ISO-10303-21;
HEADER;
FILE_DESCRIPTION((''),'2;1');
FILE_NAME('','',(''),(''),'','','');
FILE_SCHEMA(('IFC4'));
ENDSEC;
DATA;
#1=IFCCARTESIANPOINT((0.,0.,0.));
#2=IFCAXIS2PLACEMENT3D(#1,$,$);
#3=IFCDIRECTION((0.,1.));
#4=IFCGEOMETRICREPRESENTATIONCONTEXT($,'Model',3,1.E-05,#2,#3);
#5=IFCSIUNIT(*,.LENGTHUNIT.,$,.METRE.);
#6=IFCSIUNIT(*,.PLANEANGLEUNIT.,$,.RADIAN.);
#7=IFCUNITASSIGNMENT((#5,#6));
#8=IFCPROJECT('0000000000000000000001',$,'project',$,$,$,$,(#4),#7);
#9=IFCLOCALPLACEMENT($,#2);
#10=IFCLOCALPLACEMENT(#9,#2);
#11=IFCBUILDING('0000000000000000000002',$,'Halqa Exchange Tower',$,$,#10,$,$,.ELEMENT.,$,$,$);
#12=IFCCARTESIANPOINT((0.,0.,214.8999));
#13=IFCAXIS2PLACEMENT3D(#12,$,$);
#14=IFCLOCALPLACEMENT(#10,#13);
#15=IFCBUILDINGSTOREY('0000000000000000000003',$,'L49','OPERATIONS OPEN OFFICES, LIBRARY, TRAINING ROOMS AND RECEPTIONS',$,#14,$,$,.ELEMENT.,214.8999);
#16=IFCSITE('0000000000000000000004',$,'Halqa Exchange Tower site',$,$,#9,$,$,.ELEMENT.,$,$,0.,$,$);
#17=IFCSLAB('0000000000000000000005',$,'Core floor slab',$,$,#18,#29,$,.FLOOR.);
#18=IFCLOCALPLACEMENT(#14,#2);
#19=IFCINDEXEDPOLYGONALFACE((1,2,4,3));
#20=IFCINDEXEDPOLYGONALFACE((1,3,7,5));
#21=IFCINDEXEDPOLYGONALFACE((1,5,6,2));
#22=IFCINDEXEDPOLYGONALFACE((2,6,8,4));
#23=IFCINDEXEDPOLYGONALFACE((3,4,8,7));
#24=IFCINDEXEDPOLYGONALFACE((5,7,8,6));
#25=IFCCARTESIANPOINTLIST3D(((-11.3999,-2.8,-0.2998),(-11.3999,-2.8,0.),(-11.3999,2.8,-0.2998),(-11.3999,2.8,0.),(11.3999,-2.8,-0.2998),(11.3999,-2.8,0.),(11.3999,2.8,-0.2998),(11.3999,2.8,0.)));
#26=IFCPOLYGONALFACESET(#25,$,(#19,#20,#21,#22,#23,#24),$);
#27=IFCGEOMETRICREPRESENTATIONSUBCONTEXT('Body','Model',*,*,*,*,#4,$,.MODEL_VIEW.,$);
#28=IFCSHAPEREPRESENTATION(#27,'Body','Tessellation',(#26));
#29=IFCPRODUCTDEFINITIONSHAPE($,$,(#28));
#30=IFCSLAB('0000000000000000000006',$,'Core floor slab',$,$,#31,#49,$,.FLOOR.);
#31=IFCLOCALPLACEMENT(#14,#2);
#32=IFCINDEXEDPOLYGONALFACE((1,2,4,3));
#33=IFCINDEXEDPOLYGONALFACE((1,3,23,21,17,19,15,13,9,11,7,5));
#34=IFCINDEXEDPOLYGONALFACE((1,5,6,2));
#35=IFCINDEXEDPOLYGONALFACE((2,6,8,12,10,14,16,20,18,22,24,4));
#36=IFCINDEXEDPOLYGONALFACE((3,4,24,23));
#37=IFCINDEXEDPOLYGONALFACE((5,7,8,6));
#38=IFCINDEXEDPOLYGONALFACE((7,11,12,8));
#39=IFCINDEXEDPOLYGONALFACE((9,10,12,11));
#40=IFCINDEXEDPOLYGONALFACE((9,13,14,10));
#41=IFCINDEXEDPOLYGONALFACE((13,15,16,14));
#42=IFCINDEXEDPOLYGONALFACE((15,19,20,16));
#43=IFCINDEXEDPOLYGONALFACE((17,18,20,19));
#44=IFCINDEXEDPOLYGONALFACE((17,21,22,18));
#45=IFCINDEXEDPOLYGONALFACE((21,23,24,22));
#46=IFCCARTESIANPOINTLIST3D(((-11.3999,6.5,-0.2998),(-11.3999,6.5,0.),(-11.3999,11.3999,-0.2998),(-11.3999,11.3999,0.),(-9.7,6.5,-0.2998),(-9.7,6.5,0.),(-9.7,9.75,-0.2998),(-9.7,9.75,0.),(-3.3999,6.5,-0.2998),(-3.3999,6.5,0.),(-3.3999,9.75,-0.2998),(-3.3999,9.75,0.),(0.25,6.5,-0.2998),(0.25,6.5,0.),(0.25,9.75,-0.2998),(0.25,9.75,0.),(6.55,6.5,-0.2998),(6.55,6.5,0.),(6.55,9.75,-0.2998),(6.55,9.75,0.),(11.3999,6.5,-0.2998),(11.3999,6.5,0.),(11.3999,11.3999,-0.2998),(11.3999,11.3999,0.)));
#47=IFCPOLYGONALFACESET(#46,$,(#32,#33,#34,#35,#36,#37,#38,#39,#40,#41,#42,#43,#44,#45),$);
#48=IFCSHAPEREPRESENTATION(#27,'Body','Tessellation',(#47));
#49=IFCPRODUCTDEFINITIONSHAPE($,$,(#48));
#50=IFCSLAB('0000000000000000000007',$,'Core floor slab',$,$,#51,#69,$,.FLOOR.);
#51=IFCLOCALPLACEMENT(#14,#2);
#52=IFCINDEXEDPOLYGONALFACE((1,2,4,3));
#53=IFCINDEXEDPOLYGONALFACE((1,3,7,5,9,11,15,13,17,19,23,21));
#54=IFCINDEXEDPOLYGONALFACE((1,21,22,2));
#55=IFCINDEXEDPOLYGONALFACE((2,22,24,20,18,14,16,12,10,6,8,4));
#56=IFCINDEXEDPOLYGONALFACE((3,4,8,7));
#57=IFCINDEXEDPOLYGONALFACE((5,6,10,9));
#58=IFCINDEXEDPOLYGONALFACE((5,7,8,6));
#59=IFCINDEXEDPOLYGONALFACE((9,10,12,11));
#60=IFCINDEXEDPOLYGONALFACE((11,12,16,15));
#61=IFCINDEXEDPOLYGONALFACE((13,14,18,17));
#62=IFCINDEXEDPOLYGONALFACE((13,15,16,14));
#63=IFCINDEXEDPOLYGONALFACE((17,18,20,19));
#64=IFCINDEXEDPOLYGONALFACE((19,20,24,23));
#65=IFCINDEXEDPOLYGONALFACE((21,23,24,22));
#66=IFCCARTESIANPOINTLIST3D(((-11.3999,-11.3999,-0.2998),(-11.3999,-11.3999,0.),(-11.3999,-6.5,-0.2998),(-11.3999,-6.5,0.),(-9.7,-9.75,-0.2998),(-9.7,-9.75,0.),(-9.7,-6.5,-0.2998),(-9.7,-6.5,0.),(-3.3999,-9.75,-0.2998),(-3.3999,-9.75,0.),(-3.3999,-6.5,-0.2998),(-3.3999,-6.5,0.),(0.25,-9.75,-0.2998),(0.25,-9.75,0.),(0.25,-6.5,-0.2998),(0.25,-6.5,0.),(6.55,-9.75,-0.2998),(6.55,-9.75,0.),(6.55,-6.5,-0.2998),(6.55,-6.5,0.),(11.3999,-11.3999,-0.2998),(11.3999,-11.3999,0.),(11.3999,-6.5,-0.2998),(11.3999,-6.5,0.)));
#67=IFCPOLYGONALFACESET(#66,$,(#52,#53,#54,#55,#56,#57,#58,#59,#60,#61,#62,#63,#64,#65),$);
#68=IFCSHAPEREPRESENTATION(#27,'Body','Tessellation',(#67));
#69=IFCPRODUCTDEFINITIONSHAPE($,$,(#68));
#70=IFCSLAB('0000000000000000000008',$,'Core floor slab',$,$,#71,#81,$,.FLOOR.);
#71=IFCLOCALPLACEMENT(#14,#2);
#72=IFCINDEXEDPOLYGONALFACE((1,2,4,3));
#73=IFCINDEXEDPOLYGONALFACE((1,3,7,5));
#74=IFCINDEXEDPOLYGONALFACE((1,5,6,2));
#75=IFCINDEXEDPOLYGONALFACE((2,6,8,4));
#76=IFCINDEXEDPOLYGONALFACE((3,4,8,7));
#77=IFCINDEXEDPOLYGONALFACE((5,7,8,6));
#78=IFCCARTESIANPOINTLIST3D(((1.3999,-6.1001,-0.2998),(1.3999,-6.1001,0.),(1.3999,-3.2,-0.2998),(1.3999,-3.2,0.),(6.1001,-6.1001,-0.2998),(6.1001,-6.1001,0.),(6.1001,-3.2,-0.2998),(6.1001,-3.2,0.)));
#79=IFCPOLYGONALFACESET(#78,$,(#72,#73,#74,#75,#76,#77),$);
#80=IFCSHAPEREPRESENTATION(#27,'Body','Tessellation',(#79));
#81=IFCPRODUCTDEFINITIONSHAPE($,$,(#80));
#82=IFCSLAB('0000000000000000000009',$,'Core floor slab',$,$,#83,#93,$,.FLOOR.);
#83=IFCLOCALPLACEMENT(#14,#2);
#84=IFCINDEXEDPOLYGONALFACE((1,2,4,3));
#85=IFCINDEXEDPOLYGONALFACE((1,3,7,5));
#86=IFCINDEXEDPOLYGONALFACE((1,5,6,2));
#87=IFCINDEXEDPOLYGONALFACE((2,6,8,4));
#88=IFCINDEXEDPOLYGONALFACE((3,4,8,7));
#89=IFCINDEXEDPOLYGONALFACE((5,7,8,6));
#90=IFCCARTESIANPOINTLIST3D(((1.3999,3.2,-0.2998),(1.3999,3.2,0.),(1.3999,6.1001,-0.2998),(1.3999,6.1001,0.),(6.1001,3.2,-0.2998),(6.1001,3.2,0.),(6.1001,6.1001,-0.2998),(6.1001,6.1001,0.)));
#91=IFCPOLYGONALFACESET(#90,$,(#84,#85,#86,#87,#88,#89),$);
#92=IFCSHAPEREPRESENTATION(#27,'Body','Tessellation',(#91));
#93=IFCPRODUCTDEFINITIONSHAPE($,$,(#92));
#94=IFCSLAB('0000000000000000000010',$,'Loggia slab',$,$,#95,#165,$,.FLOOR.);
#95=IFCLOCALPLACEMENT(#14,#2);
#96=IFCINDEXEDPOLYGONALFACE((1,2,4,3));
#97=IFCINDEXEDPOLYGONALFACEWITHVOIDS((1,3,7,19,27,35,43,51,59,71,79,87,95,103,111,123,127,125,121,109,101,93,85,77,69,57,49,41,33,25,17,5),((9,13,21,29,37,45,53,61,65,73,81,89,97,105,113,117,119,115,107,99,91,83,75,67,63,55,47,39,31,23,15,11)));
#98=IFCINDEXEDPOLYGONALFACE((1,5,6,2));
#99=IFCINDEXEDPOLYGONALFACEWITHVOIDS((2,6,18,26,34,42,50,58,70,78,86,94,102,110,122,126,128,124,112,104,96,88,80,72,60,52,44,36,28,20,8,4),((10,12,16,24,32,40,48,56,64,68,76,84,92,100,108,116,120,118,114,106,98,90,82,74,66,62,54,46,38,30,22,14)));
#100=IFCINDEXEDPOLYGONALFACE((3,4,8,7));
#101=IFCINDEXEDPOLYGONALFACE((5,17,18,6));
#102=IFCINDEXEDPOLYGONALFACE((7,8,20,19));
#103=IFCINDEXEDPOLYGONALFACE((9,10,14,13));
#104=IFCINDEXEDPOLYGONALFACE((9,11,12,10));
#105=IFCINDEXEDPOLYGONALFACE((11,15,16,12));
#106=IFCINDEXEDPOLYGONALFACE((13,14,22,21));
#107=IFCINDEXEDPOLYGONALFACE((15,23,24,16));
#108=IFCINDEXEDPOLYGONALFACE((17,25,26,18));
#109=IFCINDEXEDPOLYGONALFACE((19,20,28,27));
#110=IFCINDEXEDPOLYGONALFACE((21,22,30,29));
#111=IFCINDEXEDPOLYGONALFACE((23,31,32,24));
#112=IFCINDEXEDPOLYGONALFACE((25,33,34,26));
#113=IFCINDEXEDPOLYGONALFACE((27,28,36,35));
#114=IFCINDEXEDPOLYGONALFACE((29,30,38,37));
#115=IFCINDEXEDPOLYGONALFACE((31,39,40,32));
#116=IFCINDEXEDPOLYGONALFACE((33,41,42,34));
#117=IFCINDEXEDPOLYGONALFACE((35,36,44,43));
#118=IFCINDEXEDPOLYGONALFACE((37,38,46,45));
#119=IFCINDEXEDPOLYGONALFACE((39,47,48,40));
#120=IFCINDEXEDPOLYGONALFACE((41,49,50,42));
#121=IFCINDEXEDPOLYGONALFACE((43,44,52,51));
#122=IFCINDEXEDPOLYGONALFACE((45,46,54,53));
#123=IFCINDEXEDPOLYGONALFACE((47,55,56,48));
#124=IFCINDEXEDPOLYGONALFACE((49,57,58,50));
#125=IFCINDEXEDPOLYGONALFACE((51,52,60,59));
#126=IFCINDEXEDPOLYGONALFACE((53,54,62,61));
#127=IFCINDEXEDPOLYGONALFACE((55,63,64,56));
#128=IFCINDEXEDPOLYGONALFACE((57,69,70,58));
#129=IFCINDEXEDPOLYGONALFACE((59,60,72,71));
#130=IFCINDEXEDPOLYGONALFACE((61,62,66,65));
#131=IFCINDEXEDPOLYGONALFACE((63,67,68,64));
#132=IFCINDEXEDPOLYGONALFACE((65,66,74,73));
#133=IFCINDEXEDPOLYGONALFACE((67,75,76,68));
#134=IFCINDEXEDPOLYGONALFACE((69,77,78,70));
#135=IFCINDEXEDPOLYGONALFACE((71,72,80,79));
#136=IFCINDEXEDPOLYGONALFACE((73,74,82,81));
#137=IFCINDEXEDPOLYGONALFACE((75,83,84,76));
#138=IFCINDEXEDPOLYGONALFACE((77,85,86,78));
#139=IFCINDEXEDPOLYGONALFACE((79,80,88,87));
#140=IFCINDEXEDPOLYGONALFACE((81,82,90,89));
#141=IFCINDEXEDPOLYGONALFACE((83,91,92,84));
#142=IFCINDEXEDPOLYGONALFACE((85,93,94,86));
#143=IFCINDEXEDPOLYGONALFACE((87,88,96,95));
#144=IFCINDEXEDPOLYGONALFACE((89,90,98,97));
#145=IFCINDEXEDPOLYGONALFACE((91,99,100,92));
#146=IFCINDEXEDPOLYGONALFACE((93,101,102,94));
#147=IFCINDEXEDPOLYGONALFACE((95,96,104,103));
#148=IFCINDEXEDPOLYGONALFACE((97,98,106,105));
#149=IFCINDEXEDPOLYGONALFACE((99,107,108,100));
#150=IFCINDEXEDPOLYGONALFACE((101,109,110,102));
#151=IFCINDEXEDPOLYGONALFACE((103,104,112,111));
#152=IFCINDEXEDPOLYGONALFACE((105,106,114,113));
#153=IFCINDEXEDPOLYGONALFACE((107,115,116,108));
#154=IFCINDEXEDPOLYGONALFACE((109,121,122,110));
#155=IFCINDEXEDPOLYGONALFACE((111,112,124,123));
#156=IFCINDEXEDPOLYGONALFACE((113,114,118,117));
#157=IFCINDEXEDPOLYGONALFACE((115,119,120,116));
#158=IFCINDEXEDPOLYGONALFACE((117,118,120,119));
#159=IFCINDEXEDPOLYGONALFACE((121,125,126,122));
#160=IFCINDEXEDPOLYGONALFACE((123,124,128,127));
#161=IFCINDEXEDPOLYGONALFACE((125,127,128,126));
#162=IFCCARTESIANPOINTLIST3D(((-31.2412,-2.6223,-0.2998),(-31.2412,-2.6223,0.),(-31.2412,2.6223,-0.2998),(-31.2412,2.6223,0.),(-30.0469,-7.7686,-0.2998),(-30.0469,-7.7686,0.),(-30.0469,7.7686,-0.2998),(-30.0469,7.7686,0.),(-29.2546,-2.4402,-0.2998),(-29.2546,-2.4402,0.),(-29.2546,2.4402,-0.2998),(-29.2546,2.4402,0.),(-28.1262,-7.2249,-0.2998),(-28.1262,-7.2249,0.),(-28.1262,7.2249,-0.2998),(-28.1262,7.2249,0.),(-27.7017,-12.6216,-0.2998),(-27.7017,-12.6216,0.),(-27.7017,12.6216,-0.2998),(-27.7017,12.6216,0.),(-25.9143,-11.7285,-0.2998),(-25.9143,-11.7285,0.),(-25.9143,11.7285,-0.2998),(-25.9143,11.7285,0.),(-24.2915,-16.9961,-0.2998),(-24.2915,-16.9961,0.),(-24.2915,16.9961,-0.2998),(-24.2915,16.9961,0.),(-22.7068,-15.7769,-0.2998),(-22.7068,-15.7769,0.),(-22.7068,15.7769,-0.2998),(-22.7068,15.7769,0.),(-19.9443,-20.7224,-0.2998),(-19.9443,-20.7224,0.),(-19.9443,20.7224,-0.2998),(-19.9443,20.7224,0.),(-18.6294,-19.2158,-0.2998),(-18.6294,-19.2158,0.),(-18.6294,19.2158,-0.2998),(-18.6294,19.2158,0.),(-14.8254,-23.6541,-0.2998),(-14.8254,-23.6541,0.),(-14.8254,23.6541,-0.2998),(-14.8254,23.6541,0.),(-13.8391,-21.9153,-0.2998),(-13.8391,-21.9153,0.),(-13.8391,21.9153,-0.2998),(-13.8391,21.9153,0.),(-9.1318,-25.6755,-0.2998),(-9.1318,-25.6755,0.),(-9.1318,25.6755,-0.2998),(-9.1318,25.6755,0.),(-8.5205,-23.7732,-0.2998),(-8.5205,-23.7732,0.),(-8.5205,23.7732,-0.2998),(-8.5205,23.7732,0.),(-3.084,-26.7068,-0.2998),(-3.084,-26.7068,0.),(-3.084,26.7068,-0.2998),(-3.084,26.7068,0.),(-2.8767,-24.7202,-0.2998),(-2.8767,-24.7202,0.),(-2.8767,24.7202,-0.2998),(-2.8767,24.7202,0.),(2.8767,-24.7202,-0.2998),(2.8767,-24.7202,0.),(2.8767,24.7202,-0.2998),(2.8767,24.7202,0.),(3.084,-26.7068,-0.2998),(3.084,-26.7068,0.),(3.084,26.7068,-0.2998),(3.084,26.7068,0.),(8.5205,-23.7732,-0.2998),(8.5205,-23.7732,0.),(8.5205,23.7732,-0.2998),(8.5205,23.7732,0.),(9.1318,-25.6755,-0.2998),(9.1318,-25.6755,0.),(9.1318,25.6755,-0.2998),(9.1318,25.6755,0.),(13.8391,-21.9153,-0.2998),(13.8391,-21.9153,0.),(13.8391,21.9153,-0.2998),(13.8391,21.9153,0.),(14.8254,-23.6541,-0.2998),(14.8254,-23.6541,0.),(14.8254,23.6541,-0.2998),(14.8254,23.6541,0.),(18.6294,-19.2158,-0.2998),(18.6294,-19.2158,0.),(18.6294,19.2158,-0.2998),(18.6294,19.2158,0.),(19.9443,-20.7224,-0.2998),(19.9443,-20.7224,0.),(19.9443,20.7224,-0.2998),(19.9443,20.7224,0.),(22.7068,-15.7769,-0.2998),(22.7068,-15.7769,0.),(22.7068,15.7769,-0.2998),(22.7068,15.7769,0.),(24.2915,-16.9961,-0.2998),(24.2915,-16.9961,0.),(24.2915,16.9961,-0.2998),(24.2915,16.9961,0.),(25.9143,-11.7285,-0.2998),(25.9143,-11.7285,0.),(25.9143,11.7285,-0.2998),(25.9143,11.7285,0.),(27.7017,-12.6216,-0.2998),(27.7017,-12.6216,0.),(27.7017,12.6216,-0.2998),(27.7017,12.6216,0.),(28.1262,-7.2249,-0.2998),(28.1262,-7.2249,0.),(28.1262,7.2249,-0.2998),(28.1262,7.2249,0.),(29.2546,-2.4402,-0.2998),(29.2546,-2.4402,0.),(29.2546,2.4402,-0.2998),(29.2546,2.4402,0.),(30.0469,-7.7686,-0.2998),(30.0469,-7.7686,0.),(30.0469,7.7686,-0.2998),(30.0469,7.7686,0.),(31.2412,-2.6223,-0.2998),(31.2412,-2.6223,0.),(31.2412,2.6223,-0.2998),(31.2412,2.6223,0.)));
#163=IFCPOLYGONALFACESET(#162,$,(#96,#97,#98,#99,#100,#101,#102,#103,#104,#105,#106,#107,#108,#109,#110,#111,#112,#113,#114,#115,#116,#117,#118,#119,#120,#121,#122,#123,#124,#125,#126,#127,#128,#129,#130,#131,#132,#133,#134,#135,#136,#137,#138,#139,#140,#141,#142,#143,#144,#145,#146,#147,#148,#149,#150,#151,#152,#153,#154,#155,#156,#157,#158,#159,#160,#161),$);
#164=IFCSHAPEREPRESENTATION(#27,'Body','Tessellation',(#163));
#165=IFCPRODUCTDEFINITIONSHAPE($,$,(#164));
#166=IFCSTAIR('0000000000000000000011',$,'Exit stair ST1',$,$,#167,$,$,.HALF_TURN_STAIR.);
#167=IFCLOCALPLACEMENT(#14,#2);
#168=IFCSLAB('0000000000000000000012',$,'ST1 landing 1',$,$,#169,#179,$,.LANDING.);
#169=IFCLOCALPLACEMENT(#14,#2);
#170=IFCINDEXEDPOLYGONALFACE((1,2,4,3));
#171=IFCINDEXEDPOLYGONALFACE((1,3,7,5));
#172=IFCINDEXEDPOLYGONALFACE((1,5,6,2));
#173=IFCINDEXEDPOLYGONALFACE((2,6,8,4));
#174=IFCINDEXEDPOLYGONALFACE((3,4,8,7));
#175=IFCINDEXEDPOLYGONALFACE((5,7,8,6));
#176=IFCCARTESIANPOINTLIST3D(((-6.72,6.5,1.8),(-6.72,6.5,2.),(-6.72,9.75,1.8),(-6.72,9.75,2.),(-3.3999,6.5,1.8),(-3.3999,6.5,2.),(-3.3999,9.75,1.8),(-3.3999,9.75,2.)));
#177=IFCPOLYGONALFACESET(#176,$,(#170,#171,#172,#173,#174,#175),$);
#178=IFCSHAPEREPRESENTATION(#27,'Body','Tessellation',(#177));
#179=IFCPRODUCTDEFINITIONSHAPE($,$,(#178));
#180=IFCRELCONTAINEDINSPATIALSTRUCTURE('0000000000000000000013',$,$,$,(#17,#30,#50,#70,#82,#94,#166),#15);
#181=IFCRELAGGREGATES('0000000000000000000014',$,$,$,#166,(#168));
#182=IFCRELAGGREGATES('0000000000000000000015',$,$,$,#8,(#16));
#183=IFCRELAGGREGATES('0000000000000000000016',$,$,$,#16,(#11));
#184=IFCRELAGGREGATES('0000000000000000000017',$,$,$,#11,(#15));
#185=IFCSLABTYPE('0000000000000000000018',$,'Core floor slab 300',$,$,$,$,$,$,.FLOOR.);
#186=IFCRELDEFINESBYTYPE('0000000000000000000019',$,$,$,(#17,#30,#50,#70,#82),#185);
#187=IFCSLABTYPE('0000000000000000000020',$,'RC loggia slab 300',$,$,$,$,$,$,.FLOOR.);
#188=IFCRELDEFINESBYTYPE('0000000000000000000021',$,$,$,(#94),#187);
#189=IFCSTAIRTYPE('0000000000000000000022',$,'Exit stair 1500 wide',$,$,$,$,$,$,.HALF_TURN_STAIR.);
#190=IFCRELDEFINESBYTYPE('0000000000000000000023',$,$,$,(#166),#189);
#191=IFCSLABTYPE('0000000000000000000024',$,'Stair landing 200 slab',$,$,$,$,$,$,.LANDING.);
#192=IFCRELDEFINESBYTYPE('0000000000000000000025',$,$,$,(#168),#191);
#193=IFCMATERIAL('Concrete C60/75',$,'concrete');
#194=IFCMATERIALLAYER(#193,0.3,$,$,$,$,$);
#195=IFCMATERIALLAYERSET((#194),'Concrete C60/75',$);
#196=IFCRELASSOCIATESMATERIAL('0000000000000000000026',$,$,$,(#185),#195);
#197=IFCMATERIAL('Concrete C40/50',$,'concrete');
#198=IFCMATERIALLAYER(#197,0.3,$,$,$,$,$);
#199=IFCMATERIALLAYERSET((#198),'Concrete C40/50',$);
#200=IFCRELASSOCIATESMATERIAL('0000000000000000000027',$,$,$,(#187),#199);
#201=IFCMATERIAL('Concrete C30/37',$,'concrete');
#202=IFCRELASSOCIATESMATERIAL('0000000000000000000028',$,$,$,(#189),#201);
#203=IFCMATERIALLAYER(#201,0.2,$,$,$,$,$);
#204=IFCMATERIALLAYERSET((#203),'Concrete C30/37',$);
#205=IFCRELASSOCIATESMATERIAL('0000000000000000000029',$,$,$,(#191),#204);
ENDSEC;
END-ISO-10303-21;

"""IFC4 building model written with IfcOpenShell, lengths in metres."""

from ifc_helpers import new_model, si_unit, direction, frame, origin, place, context, subcontext, project, spatial, polyline, outline, extrude, material, layer, layer_set, type_object, element, aggregate, save


model = new_model("IFC4")

# Units and contexts
model_context = context("Model", 3, precision=1e-05, world=origin(), true_north=direction((0.0, 1.0)))
body_context = subcontext(model_context, "Body", "Model", "MODEL_VIEW")
ifc_project = project(units=[si_unit("LENGTHUNIT", "METRE"), si_unit("PLANEANGLEUNIT", "RADIAN")], contexts=[model_context])

# Site, building, storey
site_placement = place(None, origin())
site = spatial("IfcSite", under=ifc_project, at=site_placement, Name="Halqa Exchange Tower site", CompositionType="ELEMENT", RefElevation=0.0)
building_placement = place(site_placement, origin())
building = spatial("IfcBuilding", under=site, at=building_placement, Name="Halqa Exchange Tower", CompositionType="ELEMENT")
storey_placement = place(building_placement, frame((0.0, 0.0, 214.8999)))
storey = spatial("IfcBuildingStorey", under=building, at=storey_placement, Name="L49", Description="OPERATIONS OPEN OFFICES, LIBRARY, TRAINING ROOMS AND RECEPTIONS", CompositionType="ELEMENT", Elevation=214.8999)

# Slabs
ifc_material_1 = material(Name="Concrete C60/75", Category="concrete")
ifc_layer_1 = layer(ifc_material_1, 0.3)
ifc_layer_set_1 = layer_set([ifc_layer_1], Name="Concrete C60/75")
slab_type_1 = type_object("IfcSlabType", Name="Core floor slab 300", PredefinedType="FLOOR", material=ifc_layer_set_1)
slab_1_placement = place(storey_placement, frame((0.0, 0.0, -0.2998)))
element("IfcSlab", 1, at=slab_1_placement, inside=storey, type_object=slab_type_1, Name="Core floor slab", PredefinedType="FLOOR", context=body_context, shape_type="SweptSolid", body=[
    extrude(outline(polyline([(-11.3999, 2.8), (11.3999, 2.8), (11.3999, -2.8), (-11.3999, -2.8), (-11.3999, 2.8)])), origin(), (0.0, 0.0, 1.0), 0.2998),
])
slab_2_placement = place(storey_placement, frame((0.0, 0.0, -0.2998)))
element("IfcSlab", 2, at=slab_2_placement, inside=storey, type_object=slab_type_1, Name="Core floor slab", PredefinedType="FLOOR", context=body_context, shape_type="SweptSolid", body=[
    extrude(outline(polyline([(-11.3999, 11.3999), (11.3999, 11.3999), (11.3999, 6.5), (6.55, 6.5), (6.55, 9.75), (0.25, 9.75), (0.25, 6.5), (-3.3999, 6.5), (-3.3999, 9.75), (-9.7, 9.75), (-9.7, 6.5), (-11.3999, 6.5), (-11.3999, 11.3999)])), origin(), (0.0, 0.0, 1.0), 0.2998),
])
slab_3_placement = place(storey_placement, frame((0.0, 0.0, -0.2998)))
element("IfcSlab", 3, at=slab_3_placement, inside=storey, type_object=slab_type_1, Name="Core floor slab", PredefinedType="FLOOR", context=body_context, shape_type="SweptSolid", body=[
    extrude(outline(polyline([(-9.7, -9.75), (-3.3999, -9.75), (-3.3999, -6.5), (0.25, -6.5), (0.25, -9.75), (6.55, -9.75), (6.55, -6.5), (11.3999, -6.5), (11.3999, -11.3999), (-11.3999, -11.3999), (-11.3999, -6.5), (-9.7, -6.5), (-9.7, -9.75)])), origin(), (0.0, 0.0, 1.0), 0.2998),
])
slab_4_placement = place(storey_placement, frame((0.0, 0.0, -0.2998)))
element("IfcSlab", 4, at=slab_4_placement, inside=storey, type_object=slab_type_1, Name="Core floor slab", PredefinedType="FLOOR", context=body_context, shape_type="SweptSolid", body=[
    extrude(outline(polyline([(6.1001, -3.2), (6.1001, -6.1001), (1.3999, -6.1001), (1.3999, -3.2), (6.1001, -3.2)])), origin(), (0.0, 0.0, 1.0), 0.2998),
])
slab_5_placement = place(storey_placement, frame((0.0, 0.0, -0.2998)))
element("IfcSlab", 5, at=slab_5_placement, inside=storey, type_object=slab_type_1, Name="Core floor slab", PredefinedType="FLOOR", context=body_context, shape_type="SweptSolid", body=[
    extrude(outline(polyline([(6.1001, 6.1001), (6.1001, 3.2), (1.3999, 3.2), (1.3999, 6.1001), (6.1001, 6.1001)])), origin(), (0.0, 0.0, 1.0), 0.2998),
])
ifc_material_2 = material(Name="Concrete C40/50", Category="concrete")
ifc_layer_2 = layer(ifc_material_2, 0.3)
ifc_layer_set_2 = layer_set([ifc_layer_2], Name="Concrete C40/50")
slab_type_2 = type_object("IfcSlabType", Name="RC loggia slab 300", PredefinedType="FLOOR", material=ifc_layer_set_2)
slab_6_placement = place(storey_placement, frame((0.0, 0.0, -0.2998)))
element("IfcSlab", 6, at=slab_6_placement, inside=storey, type_object=slab_type_2, Name="Loggia slab", PredefinedType="FLOOR", context=body_context, shape_type="SweptSolid", body=[
    extrude(outline(polyline([(31.2412, 2.6223), (31.2412, -2.6223), (30.0469, -7.7686), (27.7017, -12.6216), (24.2915, -16.9961), (19.9443, -20.7224), (14.8254, -23.6541), (9.1318, -25.6755), (3.084, -26.7068), (-3.084, -26.7068), (-9.1318, -25.6755), (-14.8254, -23.6541), (-19.9443, -20.7224), (-24.2915, -16.9961), (-27.7017, -12.6216), (-30.0469, -7.7686), (-31.2412, -2.6223), (-31.2412, 2.6223), (-30.0469, 7.7686), (-27.7017, 12.6216), (-24.2915, 16.9961), (-19.9443, 20.7224), (-14.8254, 23.6541), (-9.1318, 25.6755), (-3.084, 26.7068), (3.084, 26.7068), (9.1318, 25.6755), (14.8254, 23.6541), (19.9443, 20.7224), (24.2915, 16.9961), (27.7017, 12.6216), (30.0469, 7.7686), (31.2412, 2.6223)]), holes=[polyline([(29.2546, 2.4402), (28.1262, 7.2249), (25.9143, 11.7285), (22.7068, 15.7769), (18.6294, 19.2158), (13.8391, 21.9153), (8.5205, 23.7732), (2.8767, 24.7202), (-2.8767, 24.7202), (-8.5205, 23.7732), (-13.8391, 21.9153), (-18.6294, 19.2158), (-22.7068, 15.7769), (-25.9143, 11.7285), (-28.1262, 7.2249), (-29.2546, 2.4402), (-29.2546, -2.4402), (-28.1262, -7.2249), (-25.9143, -11.7285), (-22.7068, -15.7769), (-18.6294, -19.2158), (-13.8391, -21.9153), (-8.5205, -23.7732), (-2.8767, -24.7202), (2.8767, -24.7202), (8.5205, -23.7732), (13.8391, -21.9153), (18.6294, -19.2158), (22.7068, -15.7769), (25.9143, -11.7285), (28.1262, -7.2249), (29.2546, -2.4402), (29.2546, 2.4402)])]), origin(), (0.0, 0.0, 1.0), 0.2998),
])

# Stair, slab
ifc_material_3 = material(Name="Concrete C30/37", Category="concrete")
stair_type = type_object("IfcStairType", Name="Exit stair 1500 wide", PredefinedType="HALF_TURN_STAIR", material=ifc_material_3)
stair_1_placement = place(storey_placement, origin())
stair_1 = element("IfcStair", 7, at=stair_1_placement, inside=storey, type_object=stair_type, Name="Exit stair ST1", PredefinedType="HALF_TURN_STAIR")
ifc_layer_3 = layer(ifc_material_3, 0.2)
ifc_layer_set_3 = layer_set([ifc_layer_3], Name="Concrete C30/37")
slab_type_3 = type_object("IfcSlabType", Name="Stair landing 200 slab", PredefinedType="LANDING", material=ifc_layer_set_3)
slab_7_placement = place(storey_placement, frame((0.0, 0.0, 1.8)))
slab_7 = element("IfcSlab", 8, at=slab_7_placement, type_object=slab_type_3, Name="ST1 landing 1", PredefinedType="LANDING", context=body_context, shape_type="SweptSolid", body=[
    extrude(outline(polyline([(-6.72, 6.5), (-3.3999, 6.5), (-3.3999, 9.75), (-6.72, 9.75), (-6.72, 6.5)])), origin(), (0.0, 0.0, 1.0), 0.2),
])
aggregate(stair_1, [slab_7])

save(model, "model.ifc")
